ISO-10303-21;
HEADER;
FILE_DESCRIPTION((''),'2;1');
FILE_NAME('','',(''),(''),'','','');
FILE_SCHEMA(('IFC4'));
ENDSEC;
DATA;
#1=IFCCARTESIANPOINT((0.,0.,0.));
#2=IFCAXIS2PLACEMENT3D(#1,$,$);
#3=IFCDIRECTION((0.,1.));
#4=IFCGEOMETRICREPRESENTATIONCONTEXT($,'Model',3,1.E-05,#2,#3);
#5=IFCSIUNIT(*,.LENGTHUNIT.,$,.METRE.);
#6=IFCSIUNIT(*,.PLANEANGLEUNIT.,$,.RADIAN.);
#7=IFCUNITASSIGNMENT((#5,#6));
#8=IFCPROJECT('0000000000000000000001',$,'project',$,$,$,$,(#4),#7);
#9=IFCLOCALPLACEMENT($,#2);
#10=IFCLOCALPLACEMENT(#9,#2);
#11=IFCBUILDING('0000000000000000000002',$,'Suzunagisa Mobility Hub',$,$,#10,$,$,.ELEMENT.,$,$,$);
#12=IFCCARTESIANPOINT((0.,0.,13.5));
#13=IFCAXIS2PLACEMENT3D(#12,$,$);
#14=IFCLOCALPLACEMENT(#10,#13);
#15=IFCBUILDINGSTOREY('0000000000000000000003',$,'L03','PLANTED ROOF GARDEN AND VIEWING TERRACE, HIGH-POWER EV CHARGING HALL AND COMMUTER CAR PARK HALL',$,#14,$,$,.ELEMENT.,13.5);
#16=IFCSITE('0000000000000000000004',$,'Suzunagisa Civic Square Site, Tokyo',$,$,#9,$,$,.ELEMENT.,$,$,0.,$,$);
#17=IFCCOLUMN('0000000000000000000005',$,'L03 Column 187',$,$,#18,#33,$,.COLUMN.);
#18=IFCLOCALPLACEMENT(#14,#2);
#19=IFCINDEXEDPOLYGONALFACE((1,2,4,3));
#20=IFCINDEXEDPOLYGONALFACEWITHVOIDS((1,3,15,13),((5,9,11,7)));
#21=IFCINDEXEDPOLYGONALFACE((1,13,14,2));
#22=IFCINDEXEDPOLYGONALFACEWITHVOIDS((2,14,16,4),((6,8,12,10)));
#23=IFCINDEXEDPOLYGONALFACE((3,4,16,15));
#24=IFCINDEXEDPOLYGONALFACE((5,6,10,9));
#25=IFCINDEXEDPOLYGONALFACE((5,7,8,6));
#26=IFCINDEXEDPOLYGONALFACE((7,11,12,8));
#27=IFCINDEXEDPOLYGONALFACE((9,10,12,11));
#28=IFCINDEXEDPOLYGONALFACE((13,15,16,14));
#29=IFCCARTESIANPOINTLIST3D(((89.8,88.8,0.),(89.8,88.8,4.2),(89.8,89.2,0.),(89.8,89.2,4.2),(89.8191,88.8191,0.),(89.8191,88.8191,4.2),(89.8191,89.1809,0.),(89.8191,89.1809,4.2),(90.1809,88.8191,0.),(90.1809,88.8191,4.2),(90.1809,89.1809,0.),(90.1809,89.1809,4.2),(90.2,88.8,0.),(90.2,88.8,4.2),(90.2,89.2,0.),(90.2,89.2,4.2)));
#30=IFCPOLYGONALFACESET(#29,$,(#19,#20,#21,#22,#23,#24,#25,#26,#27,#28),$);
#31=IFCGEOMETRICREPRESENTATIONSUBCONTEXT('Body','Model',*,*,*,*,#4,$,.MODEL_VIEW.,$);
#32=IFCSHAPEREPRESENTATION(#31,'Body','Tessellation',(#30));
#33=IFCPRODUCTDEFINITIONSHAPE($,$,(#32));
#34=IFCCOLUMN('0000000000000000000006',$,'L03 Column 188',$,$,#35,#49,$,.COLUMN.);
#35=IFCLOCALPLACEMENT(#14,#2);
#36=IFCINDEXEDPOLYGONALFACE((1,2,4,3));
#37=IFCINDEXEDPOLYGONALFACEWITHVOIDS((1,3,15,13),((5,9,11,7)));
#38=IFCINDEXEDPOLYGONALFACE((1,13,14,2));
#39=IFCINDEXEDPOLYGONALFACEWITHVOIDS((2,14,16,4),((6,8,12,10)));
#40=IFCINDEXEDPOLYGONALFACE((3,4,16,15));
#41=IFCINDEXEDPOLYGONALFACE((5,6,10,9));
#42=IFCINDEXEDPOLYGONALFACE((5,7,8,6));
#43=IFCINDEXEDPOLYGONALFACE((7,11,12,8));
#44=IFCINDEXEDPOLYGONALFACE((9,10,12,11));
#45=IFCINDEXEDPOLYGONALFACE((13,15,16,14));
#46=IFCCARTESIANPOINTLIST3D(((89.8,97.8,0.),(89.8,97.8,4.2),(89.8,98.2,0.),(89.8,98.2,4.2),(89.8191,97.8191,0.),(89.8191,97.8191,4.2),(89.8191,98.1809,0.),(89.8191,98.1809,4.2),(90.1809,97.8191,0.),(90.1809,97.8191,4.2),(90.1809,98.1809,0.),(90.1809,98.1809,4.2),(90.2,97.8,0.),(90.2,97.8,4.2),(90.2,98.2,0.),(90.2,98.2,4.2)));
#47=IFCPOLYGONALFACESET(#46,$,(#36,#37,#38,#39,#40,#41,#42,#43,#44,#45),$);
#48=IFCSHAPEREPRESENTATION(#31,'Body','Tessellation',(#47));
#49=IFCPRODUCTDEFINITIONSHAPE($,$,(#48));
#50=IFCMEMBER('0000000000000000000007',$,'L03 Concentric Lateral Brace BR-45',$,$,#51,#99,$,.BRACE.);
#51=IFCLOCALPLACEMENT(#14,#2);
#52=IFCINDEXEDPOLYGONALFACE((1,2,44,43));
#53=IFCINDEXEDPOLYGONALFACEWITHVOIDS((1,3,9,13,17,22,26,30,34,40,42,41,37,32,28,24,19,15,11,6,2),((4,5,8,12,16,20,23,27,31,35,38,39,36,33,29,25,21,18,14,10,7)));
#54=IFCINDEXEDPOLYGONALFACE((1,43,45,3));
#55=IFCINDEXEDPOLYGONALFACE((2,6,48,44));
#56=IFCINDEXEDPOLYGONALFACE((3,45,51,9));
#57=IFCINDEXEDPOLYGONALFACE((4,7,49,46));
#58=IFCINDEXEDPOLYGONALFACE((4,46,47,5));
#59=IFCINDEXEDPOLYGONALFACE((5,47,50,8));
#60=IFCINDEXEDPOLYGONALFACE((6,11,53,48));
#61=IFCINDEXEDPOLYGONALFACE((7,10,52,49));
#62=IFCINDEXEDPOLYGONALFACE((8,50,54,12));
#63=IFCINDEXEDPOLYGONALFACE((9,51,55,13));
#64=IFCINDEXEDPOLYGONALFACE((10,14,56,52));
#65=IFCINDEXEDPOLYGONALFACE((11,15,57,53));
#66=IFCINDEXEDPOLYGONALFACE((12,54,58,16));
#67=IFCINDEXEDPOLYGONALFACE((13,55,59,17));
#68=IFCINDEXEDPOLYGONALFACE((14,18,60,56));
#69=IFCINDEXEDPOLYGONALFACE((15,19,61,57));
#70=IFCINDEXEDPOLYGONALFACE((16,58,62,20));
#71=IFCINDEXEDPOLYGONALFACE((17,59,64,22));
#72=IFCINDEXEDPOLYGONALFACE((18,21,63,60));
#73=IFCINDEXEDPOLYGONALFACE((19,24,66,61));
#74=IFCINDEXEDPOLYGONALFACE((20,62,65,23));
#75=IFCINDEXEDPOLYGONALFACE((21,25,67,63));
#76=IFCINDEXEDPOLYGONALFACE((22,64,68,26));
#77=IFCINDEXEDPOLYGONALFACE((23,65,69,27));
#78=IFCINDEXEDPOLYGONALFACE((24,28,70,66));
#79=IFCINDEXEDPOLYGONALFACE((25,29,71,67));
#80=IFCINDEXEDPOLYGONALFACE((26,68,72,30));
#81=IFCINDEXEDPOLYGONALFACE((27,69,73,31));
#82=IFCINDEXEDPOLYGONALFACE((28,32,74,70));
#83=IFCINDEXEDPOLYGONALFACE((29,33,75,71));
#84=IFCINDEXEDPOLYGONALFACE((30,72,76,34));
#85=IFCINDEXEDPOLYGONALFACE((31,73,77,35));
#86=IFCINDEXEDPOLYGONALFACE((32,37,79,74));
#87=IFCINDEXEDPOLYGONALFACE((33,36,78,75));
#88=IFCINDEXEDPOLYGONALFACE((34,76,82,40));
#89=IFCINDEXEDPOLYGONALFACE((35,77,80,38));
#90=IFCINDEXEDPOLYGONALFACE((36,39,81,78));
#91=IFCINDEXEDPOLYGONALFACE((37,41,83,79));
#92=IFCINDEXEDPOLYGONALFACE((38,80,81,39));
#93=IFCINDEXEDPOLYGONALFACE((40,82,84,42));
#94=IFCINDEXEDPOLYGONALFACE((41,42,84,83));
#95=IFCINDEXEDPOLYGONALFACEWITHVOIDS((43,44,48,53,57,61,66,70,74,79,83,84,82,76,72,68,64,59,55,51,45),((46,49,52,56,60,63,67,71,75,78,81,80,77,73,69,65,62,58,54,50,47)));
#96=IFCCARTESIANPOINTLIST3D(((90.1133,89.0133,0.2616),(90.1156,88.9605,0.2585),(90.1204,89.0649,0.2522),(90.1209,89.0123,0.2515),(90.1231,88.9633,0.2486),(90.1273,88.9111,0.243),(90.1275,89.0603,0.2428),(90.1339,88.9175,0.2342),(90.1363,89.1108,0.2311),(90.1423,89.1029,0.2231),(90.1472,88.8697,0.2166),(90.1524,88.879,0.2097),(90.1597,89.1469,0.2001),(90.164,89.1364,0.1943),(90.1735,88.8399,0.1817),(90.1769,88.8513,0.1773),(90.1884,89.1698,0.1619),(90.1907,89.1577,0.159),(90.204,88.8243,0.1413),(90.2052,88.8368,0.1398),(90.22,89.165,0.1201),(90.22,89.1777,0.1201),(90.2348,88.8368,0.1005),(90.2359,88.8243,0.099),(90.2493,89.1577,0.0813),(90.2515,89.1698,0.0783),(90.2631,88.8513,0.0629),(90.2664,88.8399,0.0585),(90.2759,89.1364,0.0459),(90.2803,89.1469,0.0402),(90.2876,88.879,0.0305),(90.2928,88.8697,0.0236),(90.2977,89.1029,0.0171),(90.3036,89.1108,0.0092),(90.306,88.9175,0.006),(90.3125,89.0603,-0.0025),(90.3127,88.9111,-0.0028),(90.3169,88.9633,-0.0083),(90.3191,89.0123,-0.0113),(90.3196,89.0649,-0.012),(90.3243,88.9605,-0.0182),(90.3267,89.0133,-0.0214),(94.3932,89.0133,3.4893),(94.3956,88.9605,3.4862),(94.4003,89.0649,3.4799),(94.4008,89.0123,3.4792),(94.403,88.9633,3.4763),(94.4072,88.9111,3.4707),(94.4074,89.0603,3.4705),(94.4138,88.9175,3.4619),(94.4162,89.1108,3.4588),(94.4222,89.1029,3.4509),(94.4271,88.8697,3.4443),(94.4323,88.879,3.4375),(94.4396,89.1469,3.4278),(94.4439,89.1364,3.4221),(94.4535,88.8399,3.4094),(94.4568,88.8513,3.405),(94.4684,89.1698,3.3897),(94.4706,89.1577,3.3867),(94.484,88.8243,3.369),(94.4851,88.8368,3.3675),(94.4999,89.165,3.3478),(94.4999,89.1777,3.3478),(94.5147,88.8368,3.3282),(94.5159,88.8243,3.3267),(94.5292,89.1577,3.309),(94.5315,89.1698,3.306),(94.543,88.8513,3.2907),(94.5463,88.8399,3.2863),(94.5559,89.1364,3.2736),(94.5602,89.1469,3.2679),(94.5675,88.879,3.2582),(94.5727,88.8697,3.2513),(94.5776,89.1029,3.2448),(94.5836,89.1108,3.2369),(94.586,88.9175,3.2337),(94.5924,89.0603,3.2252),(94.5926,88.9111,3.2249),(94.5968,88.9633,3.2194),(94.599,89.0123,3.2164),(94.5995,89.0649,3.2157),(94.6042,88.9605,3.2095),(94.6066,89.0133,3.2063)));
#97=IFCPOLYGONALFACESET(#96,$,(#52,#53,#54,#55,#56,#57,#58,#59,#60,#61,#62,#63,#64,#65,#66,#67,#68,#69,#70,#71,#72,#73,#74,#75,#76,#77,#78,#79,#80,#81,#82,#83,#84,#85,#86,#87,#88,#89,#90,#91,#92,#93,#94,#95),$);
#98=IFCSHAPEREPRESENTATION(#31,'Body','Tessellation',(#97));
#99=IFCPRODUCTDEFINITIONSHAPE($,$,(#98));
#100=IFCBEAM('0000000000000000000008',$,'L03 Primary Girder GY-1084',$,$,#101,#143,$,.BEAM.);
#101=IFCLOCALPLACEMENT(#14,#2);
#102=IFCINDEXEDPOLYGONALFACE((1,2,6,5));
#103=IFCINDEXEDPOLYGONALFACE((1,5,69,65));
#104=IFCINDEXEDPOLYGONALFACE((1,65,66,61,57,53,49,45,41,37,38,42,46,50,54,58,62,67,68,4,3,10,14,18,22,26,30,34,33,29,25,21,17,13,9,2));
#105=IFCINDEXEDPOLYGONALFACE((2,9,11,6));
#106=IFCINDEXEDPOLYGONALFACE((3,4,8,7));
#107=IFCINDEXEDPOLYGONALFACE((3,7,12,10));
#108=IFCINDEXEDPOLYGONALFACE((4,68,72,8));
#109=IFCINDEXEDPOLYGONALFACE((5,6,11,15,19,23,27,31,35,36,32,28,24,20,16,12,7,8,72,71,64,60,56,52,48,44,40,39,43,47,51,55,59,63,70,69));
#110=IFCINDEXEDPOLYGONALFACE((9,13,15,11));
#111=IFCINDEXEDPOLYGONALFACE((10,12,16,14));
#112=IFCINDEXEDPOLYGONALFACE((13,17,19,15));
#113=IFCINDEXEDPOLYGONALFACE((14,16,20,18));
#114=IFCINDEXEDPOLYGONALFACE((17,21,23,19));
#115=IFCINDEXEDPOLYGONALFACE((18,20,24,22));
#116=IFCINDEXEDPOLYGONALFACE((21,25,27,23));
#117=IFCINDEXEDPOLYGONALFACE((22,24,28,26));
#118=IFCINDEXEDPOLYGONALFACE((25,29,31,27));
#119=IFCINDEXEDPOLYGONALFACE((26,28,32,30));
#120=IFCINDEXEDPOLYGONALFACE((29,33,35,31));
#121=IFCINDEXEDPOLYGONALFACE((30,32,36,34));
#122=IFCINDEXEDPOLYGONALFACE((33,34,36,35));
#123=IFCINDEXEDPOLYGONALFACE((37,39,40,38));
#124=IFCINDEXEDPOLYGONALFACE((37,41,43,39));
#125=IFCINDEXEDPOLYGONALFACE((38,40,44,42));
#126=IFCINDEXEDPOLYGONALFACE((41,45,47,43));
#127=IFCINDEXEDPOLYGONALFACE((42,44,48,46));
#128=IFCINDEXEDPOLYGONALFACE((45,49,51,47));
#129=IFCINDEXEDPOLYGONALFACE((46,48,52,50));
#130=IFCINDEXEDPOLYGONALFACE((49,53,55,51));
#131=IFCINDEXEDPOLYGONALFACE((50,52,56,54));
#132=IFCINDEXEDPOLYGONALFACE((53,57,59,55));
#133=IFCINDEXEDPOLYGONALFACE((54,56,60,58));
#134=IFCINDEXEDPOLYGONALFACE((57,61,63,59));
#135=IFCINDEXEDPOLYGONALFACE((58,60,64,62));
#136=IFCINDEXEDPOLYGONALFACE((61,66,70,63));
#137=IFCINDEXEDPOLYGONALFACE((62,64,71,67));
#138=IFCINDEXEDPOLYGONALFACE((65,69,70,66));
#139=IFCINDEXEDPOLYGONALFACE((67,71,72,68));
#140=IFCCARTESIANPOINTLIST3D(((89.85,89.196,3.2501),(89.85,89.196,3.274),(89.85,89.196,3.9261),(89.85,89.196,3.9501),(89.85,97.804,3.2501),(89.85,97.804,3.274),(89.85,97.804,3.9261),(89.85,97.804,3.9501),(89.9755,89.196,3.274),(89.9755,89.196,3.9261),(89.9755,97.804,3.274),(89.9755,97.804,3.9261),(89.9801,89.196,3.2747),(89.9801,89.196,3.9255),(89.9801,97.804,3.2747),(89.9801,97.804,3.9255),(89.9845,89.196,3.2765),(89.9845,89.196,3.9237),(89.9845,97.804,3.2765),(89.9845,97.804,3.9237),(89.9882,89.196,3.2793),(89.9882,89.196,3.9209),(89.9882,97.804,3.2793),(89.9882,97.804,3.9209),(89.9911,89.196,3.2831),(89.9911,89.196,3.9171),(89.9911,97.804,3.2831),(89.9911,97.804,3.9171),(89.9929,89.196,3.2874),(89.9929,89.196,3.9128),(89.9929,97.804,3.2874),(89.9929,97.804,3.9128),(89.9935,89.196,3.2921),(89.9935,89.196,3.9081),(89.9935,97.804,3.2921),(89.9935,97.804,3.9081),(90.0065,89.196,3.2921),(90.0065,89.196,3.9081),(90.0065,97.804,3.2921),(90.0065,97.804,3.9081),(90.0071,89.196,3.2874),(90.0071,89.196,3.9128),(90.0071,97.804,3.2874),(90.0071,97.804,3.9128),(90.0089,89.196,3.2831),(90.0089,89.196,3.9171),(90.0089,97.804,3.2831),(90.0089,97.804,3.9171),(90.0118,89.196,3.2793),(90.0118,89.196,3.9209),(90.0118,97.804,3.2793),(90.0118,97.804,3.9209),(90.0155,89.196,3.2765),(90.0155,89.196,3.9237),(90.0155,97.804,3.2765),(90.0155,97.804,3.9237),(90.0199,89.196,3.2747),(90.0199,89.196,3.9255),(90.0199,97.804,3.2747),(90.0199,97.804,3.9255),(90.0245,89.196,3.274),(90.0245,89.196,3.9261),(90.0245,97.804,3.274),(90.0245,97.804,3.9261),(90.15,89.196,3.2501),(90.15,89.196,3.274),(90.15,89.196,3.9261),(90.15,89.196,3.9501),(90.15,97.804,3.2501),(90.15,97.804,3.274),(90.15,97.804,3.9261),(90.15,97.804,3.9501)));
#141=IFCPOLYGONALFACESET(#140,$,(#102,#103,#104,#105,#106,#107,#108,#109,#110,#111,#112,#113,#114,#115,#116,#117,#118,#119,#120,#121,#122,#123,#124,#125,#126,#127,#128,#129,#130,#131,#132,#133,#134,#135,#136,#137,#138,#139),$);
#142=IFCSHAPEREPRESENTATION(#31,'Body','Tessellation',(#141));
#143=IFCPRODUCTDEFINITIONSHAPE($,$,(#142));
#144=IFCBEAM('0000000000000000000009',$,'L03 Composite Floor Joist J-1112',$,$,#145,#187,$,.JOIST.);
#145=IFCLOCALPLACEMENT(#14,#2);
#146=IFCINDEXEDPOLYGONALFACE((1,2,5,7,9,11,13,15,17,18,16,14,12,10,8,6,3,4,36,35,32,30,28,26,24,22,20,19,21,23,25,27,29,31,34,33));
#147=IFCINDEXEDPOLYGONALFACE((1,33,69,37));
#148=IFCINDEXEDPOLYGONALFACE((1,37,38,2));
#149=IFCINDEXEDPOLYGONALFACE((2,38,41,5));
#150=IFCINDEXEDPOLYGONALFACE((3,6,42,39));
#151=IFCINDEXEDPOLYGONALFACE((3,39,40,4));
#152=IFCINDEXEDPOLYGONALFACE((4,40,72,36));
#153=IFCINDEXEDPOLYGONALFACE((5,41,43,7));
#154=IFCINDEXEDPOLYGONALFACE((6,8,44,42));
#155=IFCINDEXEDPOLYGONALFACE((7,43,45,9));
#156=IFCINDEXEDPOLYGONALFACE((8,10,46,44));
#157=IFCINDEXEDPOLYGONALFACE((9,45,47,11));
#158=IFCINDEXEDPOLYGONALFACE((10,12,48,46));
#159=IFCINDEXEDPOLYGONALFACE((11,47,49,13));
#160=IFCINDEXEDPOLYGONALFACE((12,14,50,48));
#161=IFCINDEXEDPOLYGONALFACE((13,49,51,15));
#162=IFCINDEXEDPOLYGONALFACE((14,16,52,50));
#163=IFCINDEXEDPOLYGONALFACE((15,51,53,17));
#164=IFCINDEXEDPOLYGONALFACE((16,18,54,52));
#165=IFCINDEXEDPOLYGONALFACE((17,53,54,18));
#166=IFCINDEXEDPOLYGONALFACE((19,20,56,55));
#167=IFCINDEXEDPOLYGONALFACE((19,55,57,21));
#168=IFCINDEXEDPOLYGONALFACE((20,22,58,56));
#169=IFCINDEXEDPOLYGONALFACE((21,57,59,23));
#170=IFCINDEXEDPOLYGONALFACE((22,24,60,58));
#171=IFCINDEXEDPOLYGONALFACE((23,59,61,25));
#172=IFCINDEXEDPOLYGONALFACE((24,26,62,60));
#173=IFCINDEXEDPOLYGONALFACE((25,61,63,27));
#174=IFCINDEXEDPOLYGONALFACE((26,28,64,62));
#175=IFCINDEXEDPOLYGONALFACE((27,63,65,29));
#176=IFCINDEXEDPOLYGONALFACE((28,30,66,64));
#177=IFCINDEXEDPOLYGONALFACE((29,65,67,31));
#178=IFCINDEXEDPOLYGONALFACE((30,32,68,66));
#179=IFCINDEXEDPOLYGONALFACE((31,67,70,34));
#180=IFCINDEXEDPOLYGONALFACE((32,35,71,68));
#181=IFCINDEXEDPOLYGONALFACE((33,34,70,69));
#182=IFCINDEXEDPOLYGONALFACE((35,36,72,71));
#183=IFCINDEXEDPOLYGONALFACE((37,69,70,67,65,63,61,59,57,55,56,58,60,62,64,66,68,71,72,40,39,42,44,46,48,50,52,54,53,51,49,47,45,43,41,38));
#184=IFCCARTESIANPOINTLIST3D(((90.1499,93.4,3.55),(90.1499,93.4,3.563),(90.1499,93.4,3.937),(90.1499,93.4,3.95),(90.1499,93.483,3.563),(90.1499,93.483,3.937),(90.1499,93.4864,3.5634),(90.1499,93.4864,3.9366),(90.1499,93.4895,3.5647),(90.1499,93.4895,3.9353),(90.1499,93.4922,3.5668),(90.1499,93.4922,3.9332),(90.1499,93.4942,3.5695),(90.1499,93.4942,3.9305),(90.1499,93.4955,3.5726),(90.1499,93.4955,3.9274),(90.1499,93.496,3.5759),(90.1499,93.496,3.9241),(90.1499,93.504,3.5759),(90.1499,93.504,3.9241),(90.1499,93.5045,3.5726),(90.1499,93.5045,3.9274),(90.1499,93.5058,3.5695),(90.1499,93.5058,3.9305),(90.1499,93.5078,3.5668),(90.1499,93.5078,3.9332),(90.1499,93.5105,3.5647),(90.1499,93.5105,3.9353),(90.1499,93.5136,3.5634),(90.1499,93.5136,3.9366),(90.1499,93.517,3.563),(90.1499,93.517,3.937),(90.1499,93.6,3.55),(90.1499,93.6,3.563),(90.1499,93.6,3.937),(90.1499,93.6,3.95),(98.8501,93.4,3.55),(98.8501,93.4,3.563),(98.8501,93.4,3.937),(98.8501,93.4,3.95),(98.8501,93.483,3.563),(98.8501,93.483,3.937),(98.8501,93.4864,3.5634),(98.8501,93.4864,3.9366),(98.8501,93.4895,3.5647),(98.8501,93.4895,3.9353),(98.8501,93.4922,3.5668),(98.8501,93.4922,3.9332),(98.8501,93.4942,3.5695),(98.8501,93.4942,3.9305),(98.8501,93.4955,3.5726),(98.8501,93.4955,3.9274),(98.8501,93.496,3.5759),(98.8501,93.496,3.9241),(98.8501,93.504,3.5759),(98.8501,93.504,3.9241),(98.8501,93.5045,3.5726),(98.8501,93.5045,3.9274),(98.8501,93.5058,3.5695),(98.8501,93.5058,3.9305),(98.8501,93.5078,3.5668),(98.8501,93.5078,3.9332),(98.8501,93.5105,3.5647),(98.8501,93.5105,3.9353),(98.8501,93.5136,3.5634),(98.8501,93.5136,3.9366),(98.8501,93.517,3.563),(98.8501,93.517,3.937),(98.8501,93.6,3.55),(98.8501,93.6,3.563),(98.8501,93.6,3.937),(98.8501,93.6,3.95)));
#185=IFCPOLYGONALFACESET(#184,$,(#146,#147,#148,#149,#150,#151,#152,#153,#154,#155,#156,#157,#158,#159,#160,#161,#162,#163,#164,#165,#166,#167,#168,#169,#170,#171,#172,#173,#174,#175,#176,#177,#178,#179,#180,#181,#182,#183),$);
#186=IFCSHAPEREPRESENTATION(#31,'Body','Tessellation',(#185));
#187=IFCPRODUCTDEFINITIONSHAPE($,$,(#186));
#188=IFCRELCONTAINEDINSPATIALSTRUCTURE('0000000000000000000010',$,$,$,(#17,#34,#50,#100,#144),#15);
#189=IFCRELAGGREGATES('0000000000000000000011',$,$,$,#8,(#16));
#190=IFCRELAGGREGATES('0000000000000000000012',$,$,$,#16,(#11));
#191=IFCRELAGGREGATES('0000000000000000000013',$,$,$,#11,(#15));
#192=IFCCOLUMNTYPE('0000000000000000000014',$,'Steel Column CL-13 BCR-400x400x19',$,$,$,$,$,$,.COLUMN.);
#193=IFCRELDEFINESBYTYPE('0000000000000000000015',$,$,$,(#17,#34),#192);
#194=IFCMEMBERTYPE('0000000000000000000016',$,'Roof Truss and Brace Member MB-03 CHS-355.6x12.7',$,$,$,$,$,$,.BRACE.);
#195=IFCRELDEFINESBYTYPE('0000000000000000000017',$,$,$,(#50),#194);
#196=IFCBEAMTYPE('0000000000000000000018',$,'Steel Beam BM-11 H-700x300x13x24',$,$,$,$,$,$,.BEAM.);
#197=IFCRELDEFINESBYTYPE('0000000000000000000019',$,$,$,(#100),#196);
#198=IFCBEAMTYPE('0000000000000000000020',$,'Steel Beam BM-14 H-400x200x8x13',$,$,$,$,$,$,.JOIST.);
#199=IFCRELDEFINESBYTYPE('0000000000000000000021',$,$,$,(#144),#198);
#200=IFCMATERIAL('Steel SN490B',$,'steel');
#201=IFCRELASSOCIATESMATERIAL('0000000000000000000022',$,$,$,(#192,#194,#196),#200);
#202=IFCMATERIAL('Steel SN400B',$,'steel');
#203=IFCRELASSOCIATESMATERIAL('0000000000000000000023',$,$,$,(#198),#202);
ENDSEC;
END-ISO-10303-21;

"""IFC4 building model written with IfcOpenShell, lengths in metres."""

from ifc_helpers import new_model, si_unit, direction, frame, origin, origin_2d, place, context, subcontext, project, spatial, hollow_rectangle, hollow_circle, i_section, extrude, material, material_profile, profile_set, type_object, element, save


model = new_model("IFC4")

# Units and contexts
model_context = context("Model", 3, precision=1e-05, world=origin(), true_north=direction((0.0, 1.0)))
body_context = subcontext(model_context, "Body", "Model", "MODEL_VIEW")
ifc_project = project(units=[si_unit("LENGTHUNIT", "METRE"), si_unit("PLANEANGLEUNIT", "RADIAN")], contexts=[model_context])

# Site, building, storey
site_placement = place(None, origin())
site = spatial("IfcSite", under=ifc_project, at=site_placement, Name="Suzunagisa Civic Square Site, Tokyo", CompositionType="ELEMENT", RefElevation=0.0)
building_placement = place(site_placement, origin())
building = spatial("IfcBuilding", under=site, at=building_placement, Name="Suzunagisa Mobility Hub", CompositionType="ELEMENT")
storey_placement = place(building_placement, frame((0.0, 0.0, 13.5)))
storey = spatial("IfcBuildingStorey", under=building, at=storey_placement, Name="L03", Description="PLANTED ROOF GARDEN AND VIEWING TERRACE, HIGH-POWER EV CHARGING HALL AND COMMUTER CAR PARK HALL", CompositionType="ELEMENT", Elevation=13.5)

# Columns
ifc_material_1 = material(Name="Steel SN490B", Category="steel")
ifc_material_profile_1 = material_profile(ifc_material_1, hollow_rectangle(XDim=0.3999, YDim=0.3999, WallThickness=0.019, at=origin_2d()), Name="BCR-400x400x19")
ifc_profile_set_1 = profile_set([ifc_material_profile_1], Name="Steel SN490B")
column_type = type_object("IfcColumnType", Name="Steel Column CL-13 BCR-400x400x19", PredefinedType="COLUMN", material=ifc_profile_set_1)
for number, where, z_axis, x_axis, name in (
    (1, (90.0, 89.0, 0.0), (0.0, 0.0, 1.0), (1.0, 0.0, 0.0), "L03 Column 187"),
    (2, (90.0, 98.0, 0.0), (0.0, 0.0, 1.0), (1.0, 0.0, 0.0), "L03 Column 188"),
):
    element("IfcColumn", number, at=place(storey_placement, frame(where, z_axis=z_axis, x_axis=x_axis)), inside=storey, type_object=column_type, Name=name, PredefinedType="COLUMN", context=body_context, shape_type="SweptSolid", body=[
        extrude(hollow_rectangle(XDim=0.3999, YDim=0.3999, WallThickness=0.019, at=origin_2d()), origin(), (0.0, 0.0, 1.0), 4.2),
    ])

# Member
ifc_material_profile_2 = material_profile(ifc_material_1, hollow_circle(Radius=0.1777, WallThickness=0.0127, at=origin_2d()), Name="CHS-355.6x12.7")
ifc_profile_set_2 = profile_set([ifc_material_profile_2], Name="Steel SN490B")
member_type = type_object("IfcMemberType", Name="Roof Truss and Brace Member MB-03 CHS-355.6x12.7", PredefinedType="BRACE", material=ifc_profile_set_2)
member_placement = place(storey_placement, frame((90.22, 89.0, 0.1201), z_axis=(0.798407, 0.0, 0.602118), x_axis=(0.0, 1.0, 0.0)))
element("IfcMember", 3, at=member_placement, inside=storey, type_object=member_type, Name="L03 Concentric Lateral Brace BR-45", PredefinedType="BRACE", context=body_context, shape_type="SweptSolid", body=[
    extrude(hollow_circle(Radius=0.1777, WallThickness=0.0127, at=origin_2d()), origin(), (0.0, 0.0, 1.0), 5.3606),
])

# Beams
ifc_material_profile_3 = material_profile(ifc_material_1, i_section(OverallWidth=0.3, OverallDepth=0.7, WebThickness=0.0129, FlangeThickness=0.0239, FilletRadius=0.0181, at=origin_2d()), Name="H-700x300x13x24")
ifc_profile_set_3 = profile_set([ifc_material_profile_3], Name="Steel SN490B")
beam_type_1 = type_object("IfcBeamType", Name="Steel Beam BM-11 H-700x300x13x24", PredefinedType="BEAM", material=ifc_profile_set_3)
beam_1_placement = place(storey_placement, frame((90.0, 89.196, 3.6001), z_axis=(0.0, 1.0, 0.0), x_axis=(-1.0, 0.0, 0.0)))
element("IfcBeam", 4, at=beam_1_placement, inside=storey, type_object=beam_type_1, Name="L03 Primary Girder GY-1084", PredefinedType="BEAM", context=body_context, shape_type="SweptSolid", body=[
    extrude(i_section(OverallWidth=0.3, OverallDepth=0.7, WebThickness=0.0129, FlangeThickness=0.0239, FilletRadius=0.0181, at=origin_2d()), origin(), (0.0, 0.0, 1.0), 8.6079),
])
ifc_material_2 = material(Name="Steel SN400B", Category="steel")
ifc_material_profile_4 = material_profile(ifc_material_2, i_section(OverallWidth=0.2, OverallDepth=0.3999, WebThickness=0.0081, FlangeThickness=0.0129, FilletRadius=0.0129, at=origin_2d()), Name="H-400x200x8x13")
ifc_profile_set_4 = profile_set([ifc_material_profile_4], Name="Steel SN400B")
beam_type_2 = type_object("IfcBeamType", Name="Steel Beam BM-14 H-400x200x8x13", PredefinedType="JOIST", material=ifc_profile_set_4)
beam_2_placement = place(storey_placement, frame((90.1499, 93.5, 3.75), z_axis=(1.0, 0.0, 0.0), x_axis=(0.0, 1.0, 0.0)))
element("IfcBeam", 5, at=beam_2_placement, inside=storey, type_object=beam_type_2, Name="L03 Composite Floor Joist J-1112", PredefinedType="JOIST", context=body_context, shape_type="SweptSolid", body=[
    extrude(i_section(OverallWidth=0.2, OverallDepth=0.3999, WebThickness=0.0081, FlangeThickness=0.0129, FilletRadius=0.0129, at=origin_2d()), origin(), (0.0, 0.0, 1.0), 8.7002),
])

save(model, "model.ifc")
